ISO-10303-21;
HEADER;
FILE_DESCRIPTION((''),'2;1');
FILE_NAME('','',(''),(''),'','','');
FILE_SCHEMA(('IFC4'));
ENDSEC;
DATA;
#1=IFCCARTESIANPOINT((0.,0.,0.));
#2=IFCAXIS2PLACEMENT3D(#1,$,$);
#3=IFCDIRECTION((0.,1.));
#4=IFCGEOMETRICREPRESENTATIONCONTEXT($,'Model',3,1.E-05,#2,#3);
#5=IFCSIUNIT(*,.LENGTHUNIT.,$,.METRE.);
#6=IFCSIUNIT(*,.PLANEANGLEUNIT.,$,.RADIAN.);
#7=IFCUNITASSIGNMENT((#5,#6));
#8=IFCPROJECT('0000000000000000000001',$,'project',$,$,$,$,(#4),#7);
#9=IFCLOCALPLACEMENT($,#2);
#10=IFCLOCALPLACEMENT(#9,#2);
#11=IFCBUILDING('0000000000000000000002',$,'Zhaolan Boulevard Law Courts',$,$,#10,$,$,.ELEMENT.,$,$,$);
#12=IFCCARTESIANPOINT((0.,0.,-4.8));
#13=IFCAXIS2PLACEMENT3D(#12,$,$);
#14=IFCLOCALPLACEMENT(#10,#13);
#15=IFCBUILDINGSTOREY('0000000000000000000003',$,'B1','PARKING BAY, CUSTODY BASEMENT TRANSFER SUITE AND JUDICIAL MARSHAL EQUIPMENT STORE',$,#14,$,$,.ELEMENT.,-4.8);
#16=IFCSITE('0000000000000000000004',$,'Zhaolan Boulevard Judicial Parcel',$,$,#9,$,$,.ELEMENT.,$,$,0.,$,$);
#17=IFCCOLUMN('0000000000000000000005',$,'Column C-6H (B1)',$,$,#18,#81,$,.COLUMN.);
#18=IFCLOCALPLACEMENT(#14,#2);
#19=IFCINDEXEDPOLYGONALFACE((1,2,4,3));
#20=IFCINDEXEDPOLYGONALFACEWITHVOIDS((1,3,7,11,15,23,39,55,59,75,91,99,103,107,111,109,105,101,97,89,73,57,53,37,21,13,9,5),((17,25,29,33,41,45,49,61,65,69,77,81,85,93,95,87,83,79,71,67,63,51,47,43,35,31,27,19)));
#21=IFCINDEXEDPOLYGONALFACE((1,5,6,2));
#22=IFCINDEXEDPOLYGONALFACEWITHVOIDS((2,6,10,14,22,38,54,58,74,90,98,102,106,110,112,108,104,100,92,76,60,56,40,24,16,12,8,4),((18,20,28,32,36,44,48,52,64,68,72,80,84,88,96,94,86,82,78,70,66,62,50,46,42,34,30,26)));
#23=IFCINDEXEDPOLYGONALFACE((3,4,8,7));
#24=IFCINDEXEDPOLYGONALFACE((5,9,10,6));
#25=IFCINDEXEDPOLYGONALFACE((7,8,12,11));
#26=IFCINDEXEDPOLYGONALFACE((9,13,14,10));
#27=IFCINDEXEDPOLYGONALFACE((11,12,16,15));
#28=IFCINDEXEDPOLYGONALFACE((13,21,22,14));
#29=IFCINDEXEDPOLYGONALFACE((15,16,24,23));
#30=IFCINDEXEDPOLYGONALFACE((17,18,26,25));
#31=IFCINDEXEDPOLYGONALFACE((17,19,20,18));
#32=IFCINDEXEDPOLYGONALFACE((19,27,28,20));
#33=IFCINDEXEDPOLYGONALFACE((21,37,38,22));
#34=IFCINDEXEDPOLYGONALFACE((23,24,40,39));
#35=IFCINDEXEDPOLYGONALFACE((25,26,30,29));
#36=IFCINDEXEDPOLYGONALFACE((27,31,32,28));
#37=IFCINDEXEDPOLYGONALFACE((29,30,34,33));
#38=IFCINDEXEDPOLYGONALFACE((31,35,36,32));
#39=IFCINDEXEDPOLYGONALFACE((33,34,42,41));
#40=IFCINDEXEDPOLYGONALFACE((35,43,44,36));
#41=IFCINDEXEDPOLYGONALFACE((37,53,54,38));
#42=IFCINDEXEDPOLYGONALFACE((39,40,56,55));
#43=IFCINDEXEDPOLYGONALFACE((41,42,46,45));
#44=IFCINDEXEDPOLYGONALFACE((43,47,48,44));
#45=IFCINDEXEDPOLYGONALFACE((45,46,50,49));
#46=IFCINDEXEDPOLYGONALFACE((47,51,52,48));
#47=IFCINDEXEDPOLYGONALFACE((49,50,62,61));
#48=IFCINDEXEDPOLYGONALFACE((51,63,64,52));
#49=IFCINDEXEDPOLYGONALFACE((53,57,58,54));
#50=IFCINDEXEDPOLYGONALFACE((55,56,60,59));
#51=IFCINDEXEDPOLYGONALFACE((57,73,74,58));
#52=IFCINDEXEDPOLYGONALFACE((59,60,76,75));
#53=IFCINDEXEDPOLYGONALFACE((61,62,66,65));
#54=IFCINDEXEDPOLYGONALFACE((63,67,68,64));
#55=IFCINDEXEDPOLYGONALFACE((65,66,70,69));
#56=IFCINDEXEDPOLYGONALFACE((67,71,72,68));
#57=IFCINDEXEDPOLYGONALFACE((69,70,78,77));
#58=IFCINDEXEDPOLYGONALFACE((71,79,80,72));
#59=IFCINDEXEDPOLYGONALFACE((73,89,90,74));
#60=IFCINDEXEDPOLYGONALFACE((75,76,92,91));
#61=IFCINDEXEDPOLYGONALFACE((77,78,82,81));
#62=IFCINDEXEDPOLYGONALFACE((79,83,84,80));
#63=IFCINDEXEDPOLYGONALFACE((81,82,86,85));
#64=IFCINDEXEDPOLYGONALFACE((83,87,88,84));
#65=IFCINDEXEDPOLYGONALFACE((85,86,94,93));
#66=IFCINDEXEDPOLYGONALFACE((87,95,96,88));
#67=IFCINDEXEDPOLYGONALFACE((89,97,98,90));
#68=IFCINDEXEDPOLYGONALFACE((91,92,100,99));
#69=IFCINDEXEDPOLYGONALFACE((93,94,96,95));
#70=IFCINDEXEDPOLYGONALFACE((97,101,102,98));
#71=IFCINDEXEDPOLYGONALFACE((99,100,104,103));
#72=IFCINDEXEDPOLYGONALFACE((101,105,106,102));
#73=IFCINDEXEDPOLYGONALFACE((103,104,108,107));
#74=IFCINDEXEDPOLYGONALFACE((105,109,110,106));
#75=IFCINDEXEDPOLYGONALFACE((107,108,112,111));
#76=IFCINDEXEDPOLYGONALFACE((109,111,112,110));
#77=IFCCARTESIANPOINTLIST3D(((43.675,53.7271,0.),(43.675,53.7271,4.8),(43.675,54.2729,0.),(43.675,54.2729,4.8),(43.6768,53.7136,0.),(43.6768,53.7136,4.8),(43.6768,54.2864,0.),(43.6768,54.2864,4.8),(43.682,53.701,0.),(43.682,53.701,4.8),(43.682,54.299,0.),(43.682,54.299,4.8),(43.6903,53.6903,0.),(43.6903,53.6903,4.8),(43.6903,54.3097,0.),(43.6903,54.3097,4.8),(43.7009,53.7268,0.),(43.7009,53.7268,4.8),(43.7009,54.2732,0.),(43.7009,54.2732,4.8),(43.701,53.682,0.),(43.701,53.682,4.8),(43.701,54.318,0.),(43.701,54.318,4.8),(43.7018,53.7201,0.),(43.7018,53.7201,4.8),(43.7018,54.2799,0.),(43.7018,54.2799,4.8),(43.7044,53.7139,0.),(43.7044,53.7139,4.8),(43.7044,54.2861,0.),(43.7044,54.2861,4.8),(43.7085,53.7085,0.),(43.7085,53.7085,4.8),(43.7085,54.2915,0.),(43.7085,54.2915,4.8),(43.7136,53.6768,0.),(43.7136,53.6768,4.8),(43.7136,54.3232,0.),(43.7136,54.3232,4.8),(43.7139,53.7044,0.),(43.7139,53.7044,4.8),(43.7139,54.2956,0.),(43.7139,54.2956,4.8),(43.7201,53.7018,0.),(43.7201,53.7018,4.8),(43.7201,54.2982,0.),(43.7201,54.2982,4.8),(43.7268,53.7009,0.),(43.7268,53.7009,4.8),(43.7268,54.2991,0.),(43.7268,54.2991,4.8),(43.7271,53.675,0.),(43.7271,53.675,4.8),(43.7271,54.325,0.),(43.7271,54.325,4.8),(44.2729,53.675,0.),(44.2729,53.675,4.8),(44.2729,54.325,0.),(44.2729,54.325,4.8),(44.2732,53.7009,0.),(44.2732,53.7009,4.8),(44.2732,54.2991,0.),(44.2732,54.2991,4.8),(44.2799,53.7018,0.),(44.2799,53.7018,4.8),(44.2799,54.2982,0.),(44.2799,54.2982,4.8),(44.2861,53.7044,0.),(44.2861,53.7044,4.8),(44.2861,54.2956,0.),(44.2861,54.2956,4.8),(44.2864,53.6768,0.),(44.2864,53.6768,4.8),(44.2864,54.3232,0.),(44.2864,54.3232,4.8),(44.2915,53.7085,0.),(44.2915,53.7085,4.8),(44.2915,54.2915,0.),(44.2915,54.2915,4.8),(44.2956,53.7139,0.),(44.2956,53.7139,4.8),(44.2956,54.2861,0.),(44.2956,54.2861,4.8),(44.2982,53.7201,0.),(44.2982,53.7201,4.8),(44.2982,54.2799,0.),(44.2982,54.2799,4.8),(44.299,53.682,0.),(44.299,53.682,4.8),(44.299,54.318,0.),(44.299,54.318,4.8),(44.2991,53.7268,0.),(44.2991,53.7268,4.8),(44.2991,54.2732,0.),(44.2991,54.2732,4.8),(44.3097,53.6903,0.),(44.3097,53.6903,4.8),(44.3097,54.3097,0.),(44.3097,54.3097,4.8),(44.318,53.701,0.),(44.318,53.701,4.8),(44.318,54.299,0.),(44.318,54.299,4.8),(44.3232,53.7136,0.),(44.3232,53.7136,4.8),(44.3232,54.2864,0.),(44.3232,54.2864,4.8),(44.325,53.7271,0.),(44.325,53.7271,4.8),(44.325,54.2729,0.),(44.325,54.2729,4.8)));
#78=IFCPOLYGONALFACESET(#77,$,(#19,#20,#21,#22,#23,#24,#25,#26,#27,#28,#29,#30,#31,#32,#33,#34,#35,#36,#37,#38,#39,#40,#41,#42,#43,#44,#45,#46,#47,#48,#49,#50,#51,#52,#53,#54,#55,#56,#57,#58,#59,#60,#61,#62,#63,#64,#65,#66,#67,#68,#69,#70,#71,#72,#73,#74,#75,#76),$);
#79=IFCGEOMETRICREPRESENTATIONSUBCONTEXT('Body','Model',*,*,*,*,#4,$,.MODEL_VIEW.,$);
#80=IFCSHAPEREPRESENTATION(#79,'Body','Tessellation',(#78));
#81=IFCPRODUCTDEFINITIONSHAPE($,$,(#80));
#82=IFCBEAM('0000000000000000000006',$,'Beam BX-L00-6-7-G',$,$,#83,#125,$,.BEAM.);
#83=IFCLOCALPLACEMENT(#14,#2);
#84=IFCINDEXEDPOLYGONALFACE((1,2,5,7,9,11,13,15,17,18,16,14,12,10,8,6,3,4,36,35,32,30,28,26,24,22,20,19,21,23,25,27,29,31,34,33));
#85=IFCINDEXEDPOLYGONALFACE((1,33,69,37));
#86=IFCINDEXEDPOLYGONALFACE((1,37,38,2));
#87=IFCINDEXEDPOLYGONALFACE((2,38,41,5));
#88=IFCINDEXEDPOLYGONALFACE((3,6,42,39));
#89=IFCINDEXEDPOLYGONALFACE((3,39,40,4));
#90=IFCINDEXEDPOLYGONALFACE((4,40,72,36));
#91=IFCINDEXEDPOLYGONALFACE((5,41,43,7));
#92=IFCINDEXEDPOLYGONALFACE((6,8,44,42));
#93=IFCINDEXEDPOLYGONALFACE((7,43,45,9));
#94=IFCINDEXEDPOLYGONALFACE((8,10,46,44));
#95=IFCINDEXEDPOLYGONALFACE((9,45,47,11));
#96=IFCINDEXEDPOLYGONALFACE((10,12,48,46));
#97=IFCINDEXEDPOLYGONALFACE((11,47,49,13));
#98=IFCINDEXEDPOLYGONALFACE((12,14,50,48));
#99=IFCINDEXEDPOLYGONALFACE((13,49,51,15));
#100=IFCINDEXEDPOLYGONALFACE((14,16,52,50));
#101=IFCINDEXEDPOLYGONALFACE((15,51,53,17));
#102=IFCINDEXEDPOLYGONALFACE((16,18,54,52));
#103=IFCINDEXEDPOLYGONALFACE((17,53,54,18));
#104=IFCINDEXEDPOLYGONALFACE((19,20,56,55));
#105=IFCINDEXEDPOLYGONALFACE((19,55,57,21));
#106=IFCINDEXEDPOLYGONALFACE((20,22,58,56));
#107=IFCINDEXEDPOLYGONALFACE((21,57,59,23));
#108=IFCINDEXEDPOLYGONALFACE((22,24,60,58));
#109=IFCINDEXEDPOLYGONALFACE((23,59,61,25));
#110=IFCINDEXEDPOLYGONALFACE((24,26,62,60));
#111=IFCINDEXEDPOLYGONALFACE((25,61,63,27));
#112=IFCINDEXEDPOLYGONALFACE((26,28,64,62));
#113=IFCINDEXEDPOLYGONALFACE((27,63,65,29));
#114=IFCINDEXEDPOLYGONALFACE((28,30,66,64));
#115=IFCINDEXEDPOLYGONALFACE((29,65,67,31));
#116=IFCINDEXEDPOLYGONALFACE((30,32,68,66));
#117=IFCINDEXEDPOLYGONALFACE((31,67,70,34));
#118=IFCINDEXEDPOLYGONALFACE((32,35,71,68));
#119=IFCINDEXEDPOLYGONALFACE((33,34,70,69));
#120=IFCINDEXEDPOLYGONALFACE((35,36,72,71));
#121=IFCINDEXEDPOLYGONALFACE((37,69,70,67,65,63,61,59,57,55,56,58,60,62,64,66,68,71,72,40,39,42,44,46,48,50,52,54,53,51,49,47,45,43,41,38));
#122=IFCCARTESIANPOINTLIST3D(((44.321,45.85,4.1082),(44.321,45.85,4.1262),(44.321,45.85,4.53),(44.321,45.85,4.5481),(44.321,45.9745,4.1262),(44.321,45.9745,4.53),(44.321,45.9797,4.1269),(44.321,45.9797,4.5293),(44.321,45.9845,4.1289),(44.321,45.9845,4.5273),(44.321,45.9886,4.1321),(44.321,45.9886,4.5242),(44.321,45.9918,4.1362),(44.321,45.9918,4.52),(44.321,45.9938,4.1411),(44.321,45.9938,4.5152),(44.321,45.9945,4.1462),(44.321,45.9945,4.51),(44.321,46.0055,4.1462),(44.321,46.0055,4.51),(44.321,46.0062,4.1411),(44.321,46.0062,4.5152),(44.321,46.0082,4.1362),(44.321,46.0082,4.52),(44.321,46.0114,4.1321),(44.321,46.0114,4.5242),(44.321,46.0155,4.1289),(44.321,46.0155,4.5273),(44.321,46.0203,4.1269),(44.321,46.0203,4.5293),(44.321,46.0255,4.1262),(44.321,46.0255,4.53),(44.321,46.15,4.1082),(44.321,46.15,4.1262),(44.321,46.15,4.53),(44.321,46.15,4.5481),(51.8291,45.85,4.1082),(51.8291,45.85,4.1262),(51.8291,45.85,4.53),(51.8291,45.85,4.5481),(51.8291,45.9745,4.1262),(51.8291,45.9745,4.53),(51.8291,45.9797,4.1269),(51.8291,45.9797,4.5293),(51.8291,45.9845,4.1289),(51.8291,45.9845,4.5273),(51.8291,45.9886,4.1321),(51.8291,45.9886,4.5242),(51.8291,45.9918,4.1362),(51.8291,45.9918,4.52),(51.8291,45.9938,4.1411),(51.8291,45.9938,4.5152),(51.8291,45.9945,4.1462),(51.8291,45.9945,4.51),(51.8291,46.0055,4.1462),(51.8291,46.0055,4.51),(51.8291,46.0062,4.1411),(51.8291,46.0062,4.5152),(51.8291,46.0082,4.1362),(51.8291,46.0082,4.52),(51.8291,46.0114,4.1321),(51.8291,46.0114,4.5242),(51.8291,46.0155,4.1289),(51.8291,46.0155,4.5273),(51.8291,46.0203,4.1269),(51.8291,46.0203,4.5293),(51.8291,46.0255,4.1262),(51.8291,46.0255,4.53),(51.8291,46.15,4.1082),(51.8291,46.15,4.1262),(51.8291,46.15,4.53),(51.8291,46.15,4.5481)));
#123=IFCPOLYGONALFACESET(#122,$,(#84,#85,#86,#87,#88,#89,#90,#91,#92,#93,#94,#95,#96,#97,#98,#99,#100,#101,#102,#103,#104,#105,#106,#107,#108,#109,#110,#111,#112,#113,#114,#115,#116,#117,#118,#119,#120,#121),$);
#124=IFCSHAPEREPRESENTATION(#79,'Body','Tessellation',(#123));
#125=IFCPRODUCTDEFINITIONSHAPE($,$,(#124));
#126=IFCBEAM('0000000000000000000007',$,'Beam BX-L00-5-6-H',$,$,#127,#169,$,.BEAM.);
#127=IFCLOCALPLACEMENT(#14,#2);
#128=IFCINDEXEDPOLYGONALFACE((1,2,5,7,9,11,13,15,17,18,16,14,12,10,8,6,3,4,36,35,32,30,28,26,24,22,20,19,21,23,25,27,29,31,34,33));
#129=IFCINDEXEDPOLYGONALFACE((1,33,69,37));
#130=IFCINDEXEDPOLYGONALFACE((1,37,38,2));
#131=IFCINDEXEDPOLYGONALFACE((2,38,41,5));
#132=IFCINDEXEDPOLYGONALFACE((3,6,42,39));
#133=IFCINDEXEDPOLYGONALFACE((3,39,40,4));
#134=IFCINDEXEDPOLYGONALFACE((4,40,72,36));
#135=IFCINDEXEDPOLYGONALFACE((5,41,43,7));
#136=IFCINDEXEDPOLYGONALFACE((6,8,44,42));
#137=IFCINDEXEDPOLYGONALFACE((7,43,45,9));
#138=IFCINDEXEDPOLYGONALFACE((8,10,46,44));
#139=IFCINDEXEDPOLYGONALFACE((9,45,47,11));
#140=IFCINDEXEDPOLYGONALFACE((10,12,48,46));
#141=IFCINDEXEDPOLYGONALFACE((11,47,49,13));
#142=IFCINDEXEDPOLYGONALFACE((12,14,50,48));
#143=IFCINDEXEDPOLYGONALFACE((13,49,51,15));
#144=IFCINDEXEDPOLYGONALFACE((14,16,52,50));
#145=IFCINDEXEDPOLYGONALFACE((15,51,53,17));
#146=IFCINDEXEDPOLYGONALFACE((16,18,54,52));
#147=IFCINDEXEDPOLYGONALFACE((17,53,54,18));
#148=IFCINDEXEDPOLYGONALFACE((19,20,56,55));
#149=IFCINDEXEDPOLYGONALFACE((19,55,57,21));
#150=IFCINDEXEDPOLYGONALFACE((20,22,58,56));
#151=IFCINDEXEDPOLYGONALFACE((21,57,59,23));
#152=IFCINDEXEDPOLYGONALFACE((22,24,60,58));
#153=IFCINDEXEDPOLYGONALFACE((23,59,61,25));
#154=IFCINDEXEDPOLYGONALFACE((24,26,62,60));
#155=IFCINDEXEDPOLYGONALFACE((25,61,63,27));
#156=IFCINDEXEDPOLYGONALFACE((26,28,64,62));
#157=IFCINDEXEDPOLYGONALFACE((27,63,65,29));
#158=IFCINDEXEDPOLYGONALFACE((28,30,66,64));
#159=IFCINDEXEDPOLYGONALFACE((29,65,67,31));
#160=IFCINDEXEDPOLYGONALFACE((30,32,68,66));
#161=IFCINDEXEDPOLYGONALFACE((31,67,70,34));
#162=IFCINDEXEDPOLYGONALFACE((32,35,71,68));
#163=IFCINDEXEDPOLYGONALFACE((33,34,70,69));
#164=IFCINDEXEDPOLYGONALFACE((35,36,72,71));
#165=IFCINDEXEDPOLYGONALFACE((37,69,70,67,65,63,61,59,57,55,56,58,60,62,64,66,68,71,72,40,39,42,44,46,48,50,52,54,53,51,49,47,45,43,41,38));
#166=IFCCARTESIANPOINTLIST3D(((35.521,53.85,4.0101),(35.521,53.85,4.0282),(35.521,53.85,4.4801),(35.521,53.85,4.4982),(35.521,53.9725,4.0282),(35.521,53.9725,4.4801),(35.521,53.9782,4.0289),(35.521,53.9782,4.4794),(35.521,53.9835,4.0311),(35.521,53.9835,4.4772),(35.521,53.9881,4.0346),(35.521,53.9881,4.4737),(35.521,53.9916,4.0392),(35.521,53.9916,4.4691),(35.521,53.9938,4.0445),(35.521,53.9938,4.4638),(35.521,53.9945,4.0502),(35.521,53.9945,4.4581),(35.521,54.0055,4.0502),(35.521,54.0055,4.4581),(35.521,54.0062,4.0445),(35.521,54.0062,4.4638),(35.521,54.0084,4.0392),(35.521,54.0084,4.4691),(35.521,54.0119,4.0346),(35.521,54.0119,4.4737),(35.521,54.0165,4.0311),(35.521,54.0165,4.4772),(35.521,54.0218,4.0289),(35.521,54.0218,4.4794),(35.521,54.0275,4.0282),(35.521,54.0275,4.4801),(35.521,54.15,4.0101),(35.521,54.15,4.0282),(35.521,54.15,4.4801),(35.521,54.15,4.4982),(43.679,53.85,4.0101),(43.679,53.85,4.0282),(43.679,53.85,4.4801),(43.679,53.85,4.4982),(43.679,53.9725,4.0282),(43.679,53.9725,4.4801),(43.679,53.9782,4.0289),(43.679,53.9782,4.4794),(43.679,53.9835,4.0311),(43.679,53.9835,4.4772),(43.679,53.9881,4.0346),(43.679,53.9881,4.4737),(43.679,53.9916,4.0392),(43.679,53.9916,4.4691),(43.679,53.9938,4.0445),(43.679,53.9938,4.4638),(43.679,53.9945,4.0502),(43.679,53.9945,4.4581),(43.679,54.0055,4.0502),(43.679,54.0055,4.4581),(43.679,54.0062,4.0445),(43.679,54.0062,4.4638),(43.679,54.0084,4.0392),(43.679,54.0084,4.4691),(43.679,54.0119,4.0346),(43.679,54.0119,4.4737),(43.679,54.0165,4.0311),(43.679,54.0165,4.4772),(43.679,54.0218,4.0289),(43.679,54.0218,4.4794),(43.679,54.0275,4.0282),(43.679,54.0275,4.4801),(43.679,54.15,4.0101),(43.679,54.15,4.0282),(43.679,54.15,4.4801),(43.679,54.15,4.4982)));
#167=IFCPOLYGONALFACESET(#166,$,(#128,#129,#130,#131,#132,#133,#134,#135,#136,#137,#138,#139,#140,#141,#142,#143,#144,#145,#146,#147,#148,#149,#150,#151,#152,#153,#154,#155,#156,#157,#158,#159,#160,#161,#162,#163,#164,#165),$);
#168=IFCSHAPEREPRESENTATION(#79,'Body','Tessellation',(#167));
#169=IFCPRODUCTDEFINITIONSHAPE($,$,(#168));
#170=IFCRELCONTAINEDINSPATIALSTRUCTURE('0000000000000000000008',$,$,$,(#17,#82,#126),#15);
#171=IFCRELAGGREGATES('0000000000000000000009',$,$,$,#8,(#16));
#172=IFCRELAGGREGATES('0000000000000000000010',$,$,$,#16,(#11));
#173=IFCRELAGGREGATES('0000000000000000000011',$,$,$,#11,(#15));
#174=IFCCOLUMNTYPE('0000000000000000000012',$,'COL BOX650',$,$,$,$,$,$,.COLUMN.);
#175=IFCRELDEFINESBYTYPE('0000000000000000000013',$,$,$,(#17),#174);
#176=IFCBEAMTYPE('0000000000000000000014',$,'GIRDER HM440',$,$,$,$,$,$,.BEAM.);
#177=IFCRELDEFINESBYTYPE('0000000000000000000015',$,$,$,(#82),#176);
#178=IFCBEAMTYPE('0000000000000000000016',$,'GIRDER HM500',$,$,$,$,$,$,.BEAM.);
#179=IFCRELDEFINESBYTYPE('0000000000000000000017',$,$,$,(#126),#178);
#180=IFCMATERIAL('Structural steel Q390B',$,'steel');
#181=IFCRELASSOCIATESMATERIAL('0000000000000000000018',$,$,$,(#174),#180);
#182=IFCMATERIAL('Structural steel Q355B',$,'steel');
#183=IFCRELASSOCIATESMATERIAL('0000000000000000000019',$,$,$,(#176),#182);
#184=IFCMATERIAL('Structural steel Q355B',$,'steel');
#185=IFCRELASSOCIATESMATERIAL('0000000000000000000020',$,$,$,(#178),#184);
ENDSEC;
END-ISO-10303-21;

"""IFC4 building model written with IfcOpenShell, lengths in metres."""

from ifc_helpers import new_model, si_unit, direction, frame, origin, origin_2d, place, context, subcontext, project, spatial, hollow_rectangle, i_section, extrude, material, material_profile, profile_set, type_object, element, save


model = new_model("IFC4")

# Units and contexts
model_context = context("Model", 3, precision=1e-05, world=origin(), true_north=direction((0.0, 1.0)))
body_context = subcontext(model_context, "Body", "Model", "MODEL_VIEW")
ifc_project = project(units=[si_unit("LENGTHUNIT", "METRE"), si_unit("PLANEANGLEUNIT", "RADIAN")], contexts=[model_context])

# Site, building, storey
site_placement = place(None, origin())
site = spatial("IfcSite", under=ifc_project, at=site_placement, Name="Zhaolan Boulevard Judicial Parcel", CompositionType="ELEMENT", RefElevation=0.0)
building_placement = place(site_placement, origin())
building = spatial("IfcBuilding", under=site, at=building_placement, Name="Zhaolan Boulevard Law Courts", CompositionType="ELEMENT")
storey_placement = place(building_placement, frame((0.0, 0.0, -4.8)))
storey = spatial("IfcBuildingStorey", under=building, at=storey_placement, Name="B1", Description="PARKING BAY, CUSTODY BASEMENT TRANSFER SUITE AND JUDICIAL MARSHAL EQUIPMENT STORE", CompositionType="ELEMENT", Elevation=-4.8)

# Column
ifc_material_1 = material(Name="Structural steel Q390B", Category="steel")
ifc_material_profile_1 = material_profile(ifc_material_1, hollow_rectangle(XDim=0.6499, YDim=0.6499, WallThickness=0.0259, InnerFilletRadius=0.0259, OuterFilletRadius=0.052, at=origin_2d()), Name="BOX650x650x26")
ifc_profile_set_1 = profile_set([ifc_material_profile_1], Name="Structural steel Q390B")
column_type = type_object("IfcColumnType", Name="COL BOX650", PredefinedType="COLUMN", material=ifc_profile_set_1)
for number, where, z_axis, x_axis, name in (
    (1, (44.0, 54.0, 0.0), (0.0, 0.0, 1.0), (1.0, 0.0, 0.0), "Column C-6H (B1)"),
):
    element("IfcColumn", number, at=place(storey_placement, frame(where, z_axis=z_axis, x_axis=x_axis)), inside=storey, type_object=column_type, Name=name, PredefinedType="COLUMN", context=body_context, shape_type="SweptSolid", body=[
        extrude(hollow_rectangle(XDim=0.6499, YDim=0.6499, WallThickness=0.0259, InnerFilletRadius=0.0259, OuterFilletRadius=0.052, at=origin_2d()), origin(), (0.0, 0.0, 1.0), 4.8),
    ])

# Beams
ifc_material_2 = material(Name="Structural steel Q355B", Category="steel")
ifc_material_profile_2 = material_profile(ifc_material_2, i_section(OverallWidth=0.3, OverallDepth=0.4399, WebThickness=0.011, FlangeThickness=0.0181, FilletRadius=0.02, at=origin_2d()), Name="HM440x300")
ifc_profile_set_2 = profile_set([ifc_material_profile_2], Name="Structural steel Q355B")
beam_type_1 = type_object("IfcBeamType", Name="GIRDER HM440", PredefinedType="BEAM", material=ifc_profile_set_2)
beam_1_placement = place(storey_placement, frame((44.321, 46.0, 4.3281), z_axis=(1.0, 0.0, 0.0), x_axis=(0.0, 1.0, 0.0)))
element("IfcBeam", 2, at=beam_1_placement, inside=storey, type_object=beam_type_1, Name="Beam BX-L00-6-7-G", PredefinedType="BEAM", context=body_context, shape_type="SweptSolid", body=[
    extrude(i_section(OverallWidth=0.3, OverallDepth=0.4399, WebThickness=0.011, FlangeThickness=0.0181, FilletRadius=0.02, at=origin_2d()), origin(), (0.0, 0.0, 1.0), 7.5081),
])
ifc_material_3 = material(Name="Structural steel Q355B", Category="steel")
ifc_material_profile_3 = material_profile(ifc_material_3, i_section(OverallWidth=0.3, OverallDepth=0.488, WebThickness=0.011, FlangeThickness=0.0181, FilletRadius=0.022, at=origin_2d()), Name="HM488x300")
ifc_profile_set_3 = profile_set([ifc_material_profile_3], Name="Structural steel Q355B")
beam_type_2 = type_object("IfcBeamType", Name="GIRDER HM500", PredefinedType="BEAM", material=ifc_profile_set_3)
beam_2_placement = place(storey_placement, frame((35.521, 54.0, 4.2542), z_axis=(1.0, 0.0, 0.0), x_axis=(0.0, 1.0, 0.0)))
element("IfcBeam", 3, at=beam_2_placement, inside=storey, type_object=beam_type_2, Name="Beam BX-L00-5-6-H", PredefinedType="BEAM", context=body_context, shape_type="SweptSolid", body=[
    extrude(i_section(OverallWidth=0.3, OverallDepth=0.488, WebThickness=0.011, FlangeThickness=0.0181, FilletRadius=0.022, at=origin_2d()), origin(), (0.0, 0.0, 1.0), 8.158),
])

save(model, "model.ifc")
